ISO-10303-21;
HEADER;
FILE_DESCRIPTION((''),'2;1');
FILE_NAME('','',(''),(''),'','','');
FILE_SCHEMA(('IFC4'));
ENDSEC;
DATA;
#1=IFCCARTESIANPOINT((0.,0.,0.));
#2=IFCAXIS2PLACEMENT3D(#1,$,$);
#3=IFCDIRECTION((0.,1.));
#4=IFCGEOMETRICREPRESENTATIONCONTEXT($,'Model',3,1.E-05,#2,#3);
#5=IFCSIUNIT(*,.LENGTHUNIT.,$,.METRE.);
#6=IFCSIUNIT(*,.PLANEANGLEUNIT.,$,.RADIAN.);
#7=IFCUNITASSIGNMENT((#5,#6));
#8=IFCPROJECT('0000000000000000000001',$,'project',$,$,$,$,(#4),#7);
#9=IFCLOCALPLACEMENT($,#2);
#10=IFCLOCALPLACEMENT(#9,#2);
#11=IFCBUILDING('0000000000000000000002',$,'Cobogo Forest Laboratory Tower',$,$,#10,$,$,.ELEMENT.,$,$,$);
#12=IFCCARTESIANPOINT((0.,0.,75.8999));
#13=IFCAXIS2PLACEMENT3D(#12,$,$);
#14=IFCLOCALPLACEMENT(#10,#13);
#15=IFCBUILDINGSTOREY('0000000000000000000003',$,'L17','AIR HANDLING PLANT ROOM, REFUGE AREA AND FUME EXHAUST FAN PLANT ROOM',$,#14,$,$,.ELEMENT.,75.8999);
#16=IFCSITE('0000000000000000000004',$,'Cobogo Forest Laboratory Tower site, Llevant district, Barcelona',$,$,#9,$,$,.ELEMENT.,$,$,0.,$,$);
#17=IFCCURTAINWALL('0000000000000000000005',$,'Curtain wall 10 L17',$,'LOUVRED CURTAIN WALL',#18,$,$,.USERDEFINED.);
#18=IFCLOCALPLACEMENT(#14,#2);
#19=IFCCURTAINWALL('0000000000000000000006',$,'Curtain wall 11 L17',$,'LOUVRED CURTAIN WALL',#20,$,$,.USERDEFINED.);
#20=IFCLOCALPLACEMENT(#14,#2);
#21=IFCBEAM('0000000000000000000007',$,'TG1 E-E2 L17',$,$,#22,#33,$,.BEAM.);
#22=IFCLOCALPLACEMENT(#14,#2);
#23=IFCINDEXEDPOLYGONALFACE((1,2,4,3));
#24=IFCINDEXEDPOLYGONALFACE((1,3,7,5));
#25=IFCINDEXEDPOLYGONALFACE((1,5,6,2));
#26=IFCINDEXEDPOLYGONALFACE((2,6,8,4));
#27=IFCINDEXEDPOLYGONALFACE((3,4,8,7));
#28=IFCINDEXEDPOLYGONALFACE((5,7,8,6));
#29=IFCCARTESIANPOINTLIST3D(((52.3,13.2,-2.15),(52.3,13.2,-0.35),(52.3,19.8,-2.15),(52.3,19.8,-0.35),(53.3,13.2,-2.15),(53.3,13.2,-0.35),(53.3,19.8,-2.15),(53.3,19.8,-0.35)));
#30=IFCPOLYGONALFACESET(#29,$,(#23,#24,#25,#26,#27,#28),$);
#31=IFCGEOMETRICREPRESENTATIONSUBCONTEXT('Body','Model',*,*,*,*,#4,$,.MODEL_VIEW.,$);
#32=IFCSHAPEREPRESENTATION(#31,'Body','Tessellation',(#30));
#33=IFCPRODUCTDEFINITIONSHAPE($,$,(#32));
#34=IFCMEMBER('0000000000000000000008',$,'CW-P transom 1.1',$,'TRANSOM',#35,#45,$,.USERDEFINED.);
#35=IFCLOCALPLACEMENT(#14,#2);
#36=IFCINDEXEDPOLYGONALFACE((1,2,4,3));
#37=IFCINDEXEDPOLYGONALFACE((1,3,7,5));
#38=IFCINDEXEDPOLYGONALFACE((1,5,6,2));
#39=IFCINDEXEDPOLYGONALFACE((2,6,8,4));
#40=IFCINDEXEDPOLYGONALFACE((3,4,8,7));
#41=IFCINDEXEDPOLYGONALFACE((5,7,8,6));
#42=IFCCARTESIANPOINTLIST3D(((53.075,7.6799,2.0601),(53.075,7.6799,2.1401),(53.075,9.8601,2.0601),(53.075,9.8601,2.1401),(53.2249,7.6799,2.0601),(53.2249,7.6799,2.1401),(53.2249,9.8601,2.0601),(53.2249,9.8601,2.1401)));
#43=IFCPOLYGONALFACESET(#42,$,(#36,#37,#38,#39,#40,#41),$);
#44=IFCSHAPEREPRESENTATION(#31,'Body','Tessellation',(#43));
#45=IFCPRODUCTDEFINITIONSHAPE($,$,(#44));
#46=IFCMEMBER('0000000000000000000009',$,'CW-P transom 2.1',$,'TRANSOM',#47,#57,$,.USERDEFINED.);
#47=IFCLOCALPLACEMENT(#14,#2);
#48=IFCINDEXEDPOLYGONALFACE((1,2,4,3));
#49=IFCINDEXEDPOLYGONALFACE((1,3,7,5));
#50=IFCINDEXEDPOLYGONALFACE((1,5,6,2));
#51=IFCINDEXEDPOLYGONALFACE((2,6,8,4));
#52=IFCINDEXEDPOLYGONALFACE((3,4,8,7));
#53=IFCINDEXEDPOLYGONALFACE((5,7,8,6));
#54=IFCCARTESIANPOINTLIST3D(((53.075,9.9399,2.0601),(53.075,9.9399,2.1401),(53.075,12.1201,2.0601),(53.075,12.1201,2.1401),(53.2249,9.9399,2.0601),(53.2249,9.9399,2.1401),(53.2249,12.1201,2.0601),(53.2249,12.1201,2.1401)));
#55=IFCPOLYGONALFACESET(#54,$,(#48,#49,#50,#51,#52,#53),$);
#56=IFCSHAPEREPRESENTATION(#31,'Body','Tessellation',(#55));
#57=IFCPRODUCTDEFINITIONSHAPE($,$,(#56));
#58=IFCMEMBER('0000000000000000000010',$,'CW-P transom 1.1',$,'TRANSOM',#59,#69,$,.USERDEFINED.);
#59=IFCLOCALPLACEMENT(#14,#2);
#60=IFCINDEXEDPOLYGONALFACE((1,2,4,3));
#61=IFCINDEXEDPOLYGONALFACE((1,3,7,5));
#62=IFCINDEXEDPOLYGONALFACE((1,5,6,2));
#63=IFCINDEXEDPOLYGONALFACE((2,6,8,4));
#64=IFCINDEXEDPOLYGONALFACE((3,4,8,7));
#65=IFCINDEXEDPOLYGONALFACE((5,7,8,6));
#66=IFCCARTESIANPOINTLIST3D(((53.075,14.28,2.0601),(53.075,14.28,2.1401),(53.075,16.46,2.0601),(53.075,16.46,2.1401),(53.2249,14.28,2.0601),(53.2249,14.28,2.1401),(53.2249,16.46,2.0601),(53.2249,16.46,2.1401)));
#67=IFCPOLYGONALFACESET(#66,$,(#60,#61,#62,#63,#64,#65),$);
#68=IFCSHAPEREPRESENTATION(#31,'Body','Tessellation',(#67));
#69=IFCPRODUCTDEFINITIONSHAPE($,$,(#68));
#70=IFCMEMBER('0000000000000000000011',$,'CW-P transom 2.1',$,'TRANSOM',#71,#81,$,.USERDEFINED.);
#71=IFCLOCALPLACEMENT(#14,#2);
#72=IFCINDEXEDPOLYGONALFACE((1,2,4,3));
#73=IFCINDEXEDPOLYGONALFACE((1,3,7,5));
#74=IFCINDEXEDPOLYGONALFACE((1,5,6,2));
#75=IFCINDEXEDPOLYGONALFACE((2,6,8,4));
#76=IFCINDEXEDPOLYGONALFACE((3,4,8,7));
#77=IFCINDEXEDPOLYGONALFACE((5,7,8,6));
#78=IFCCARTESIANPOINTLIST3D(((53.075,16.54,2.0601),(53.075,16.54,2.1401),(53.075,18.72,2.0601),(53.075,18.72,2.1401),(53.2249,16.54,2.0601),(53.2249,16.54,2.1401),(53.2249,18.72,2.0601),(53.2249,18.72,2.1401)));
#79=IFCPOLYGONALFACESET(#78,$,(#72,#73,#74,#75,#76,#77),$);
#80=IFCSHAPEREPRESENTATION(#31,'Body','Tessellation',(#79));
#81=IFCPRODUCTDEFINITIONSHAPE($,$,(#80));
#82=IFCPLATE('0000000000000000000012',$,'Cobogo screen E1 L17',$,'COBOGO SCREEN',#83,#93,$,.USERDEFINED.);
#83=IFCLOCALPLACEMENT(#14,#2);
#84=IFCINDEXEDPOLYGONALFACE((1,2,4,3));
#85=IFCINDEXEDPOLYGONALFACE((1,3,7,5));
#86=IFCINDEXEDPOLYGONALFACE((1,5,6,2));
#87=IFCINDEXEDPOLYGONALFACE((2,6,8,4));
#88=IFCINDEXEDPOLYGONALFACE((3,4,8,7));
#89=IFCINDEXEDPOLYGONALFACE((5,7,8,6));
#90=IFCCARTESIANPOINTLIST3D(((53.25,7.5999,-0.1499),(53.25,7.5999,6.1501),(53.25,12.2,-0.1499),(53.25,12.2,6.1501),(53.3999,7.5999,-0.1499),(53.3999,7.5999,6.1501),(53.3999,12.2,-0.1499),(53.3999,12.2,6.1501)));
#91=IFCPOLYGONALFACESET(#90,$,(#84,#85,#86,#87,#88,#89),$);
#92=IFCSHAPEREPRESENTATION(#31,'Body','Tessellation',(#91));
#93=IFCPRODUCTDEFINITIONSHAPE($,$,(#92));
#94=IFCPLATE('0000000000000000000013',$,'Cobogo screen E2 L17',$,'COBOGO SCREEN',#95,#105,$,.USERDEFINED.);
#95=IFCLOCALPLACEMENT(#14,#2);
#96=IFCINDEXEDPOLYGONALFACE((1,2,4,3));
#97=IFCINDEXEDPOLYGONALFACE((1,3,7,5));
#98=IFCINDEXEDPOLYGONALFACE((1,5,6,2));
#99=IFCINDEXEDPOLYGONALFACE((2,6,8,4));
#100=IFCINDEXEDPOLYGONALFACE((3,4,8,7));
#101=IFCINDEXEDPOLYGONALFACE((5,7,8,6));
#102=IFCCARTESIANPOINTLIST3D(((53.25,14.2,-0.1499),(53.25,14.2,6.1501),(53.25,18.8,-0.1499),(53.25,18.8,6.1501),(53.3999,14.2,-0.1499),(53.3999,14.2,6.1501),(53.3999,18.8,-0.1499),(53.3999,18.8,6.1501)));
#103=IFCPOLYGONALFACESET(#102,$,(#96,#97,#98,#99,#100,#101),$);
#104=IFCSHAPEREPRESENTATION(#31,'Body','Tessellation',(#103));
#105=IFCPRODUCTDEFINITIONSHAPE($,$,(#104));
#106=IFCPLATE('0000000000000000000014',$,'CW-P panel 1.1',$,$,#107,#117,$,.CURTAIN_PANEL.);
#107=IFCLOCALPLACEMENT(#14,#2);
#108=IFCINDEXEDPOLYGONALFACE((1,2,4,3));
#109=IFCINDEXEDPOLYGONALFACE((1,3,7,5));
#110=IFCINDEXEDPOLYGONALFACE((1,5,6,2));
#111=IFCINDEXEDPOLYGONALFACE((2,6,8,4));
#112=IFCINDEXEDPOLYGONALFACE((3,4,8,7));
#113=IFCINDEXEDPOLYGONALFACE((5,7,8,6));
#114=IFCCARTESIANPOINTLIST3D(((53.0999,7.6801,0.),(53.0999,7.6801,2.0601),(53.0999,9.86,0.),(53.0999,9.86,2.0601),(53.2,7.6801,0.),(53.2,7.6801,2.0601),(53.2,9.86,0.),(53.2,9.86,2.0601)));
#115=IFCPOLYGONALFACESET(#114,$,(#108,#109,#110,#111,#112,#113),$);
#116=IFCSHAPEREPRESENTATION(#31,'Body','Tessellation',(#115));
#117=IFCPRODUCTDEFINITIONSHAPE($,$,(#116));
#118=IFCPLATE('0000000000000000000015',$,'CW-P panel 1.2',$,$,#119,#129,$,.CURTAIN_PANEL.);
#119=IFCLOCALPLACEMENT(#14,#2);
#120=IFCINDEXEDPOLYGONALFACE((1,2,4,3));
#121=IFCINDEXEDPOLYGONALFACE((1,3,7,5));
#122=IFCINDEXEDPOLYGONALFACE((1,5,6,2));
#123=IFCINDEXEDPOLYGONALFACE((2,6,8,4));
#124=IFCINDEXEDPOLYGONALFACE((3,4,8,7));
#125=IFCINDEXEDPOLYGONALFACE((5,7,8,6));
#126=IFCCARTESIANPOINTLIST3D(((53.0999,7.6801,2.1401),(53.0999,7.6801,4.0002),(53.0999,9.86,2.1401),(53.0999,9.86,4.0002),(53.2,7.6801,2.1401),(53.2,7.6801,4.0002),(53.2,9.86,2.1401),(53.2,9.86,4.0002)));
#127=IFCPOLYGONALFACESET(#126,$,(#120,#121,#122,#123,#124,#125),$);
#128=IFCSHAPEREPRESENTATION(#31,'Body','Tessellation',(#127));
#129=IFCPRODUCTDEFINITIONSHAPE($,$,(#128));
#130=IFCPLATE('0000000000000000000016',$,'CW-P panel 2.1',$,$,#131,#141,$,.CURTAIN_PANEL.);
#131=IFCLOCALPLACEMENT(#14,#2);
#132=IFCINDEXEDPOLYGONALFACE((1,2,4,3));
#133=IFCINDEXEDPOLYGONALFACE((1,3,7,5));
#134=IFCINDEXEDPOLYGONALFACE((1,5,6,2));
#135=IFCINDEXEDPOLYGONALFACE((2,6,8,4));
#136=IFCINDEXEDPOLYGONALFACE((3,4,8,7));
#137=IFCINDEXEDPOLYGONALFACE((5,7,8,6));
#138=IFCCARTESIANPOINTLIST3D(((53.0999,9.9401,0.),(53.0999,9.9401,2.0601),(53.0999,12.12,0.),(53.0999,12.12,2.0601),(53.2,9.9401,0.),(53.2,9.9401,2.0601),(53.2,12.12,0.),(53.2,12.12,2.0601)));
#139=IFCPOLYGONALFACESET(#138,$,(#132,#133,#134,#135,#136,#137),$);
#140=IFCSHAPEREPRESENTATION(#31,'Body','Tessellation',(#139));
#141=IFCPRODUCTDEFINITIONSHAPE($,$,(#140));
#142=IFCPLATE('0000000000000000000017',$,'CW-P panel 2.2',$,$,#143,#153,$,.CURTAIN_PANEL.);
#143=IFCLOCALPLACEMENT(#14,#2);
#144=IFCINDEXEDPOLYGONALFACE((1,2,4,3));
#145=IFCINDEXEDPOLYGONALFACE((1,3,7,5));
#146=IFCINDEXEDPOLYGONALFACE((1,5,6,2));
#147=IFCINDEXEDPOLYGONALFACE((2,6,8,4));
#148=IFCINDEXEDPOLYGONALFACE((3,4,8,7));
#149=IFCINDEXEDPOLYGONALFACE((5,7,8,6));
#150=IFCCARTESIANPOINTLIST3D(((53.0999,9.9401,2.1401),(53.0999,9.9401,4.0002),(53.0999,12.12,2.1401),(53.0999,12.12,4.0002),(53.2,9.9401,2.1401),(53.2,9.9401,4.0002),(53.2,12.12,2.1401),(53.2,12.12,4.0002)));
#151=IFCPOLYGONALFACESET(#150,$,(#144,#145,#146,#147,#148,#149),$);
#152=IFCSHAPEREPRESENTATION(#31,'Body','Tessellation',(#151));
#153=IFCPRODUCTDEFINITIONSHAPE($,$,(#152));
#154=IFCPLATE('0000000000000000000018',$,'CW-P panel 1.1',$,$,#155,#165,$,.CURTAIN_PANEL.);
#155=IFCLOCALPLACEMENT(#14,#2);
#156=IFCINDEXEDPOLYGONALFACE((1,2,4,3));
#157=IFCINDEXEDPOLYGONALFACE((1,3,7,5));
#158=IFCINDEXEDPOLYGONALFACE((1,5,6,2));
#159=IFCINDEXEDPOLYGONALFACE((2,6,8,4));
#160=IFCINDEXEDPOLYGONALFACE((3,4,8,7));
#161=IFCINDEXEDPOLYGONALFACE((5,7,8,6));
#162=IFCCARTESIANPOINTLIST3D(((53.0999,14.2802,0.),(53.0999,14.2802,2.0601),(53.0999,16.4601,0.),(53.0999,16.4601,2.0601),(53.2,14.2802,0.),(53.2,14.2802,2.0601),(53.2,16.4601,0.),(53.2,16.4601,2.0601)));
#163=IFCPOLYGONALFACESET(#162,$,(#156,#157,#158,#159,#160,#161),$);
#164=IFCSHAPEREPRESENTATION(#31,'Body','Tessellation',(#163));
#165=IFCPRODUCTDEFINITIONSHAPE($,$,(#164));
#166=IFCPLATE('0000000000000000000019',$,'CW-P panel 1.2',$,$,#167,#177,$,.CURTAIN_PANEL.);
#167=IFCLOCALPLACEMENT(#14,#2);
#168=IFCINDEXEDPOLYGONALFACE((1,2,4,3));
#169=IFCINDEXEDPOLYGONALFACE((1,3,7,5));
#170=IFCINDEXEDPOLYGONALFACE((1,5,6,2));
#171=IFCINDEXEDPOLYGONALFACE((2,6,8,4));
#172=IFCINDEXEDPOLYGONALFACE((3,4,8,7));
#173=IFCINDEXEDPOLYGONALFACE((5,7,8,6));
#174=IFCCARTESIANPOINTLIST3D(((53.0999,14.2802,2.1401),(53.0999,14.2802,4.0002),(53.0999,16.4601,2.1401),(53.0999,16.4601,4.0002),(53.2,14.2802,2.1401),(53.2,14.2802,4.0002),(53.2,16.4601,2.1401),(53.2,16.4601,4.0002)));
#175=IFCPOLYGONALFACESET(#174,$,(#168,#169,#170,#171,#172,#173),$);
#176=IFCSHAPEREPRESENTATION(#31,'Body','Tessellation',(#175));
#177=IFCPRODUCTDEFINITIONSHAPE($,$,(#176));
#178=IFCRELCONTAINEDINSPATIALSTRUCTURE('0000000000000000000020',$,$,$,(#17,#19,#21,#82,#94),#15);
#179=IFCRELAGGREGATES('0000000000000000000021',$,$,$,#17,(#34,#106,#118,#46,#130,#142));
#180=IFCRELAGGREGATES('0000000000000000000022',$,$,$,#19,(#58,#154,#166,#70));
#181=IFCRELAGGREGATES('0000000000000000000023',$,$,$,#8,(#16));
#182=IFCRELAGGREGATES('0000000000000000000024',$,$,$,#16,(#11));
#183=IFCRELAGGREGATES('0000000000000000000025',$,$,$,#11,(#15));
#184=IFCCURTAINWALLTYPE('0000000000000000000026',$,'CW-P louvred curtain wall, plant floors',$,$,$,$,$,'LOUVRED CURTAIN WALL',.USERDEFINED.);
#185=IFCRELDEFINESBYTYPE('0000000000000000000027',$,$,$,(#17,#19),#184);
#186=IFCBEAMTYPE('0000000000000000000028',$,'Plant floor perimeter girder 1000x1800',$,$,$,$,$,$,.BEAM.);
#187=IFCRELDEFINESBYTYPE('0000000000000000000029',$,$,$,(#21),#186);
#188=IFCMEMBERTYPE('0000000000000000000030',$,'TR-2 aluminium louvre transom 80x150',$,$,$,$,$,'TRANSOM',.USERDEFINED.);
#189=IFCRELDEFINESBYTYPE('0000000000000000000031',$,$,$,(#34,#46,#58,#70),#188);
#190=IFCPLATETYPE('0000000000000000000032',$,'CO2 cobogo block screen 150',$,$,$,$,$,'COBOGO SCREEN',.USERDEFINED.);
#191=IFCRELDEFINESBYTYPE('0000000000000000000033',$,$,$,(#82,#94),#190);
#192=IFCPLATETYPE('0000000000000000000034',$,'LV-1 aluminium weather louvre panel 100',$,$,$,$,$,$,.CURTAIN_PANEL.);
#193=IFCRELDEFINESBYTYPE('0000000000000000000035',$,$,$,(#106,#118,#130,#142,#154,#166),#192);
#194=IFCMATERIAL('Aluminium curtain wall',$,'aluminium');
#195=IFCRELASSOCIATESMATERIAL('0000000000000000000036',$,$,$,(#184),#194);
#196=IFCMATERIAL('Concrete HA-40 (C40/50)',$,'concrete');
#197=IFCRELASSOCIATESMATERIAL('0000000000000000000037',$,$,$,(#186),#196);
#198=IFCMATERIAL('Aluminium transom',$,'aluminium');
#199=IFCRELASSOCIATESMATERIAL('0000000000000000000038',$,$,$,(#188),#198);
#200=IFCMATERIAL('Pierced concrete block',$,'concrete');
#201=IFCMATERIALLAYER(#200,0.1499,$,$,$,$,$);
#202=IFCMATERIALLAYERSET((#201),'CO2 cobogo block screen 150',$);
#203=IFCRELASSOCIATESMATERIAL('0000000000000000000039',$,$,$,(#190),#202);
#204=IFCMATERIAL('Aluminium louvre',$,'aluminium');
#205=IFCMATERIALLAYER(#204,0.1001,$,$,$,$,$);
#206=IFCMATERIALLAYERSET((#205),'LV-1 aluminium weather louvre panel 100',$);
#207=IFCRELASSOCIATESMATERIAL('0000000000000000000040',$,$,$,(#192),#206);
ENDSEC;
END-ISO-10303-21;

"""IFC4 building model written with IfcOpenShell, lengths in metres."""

from ifc_helpers import new_model, si_unit, direction, frame, origin, origin_2d, place, context, subcontext, project, spatial, rectangle, extrude, material, layer, layer_set, material_profile, profile_set, type_object, element, aggregate, save


model = new_model("IFC4")

# Units and contexts
model_context = context("Model", 3, precision=1e-05, world=origin(), true_north=direction((0.0, 1.0)))
body_context = subcontext(model_context, "Body", "Model", "MODEL_VIEW")
ifc_project = project(units=[si_unit("LENGTHUNIT", "METRE"), si_unit("PLANEANGLEUNIT", "RADIAN")], contexts=[model_context])

# Site, building, storey
site_placement = place(None, origin())
site = spatial("IfcSite", under=ifc_project, at=site_placement, Name="Cobogo Forest Laboratory Tower site, Llevant district, Barcelona", CompositionType="ELEMENT", RefElevation=0.0)
building_placement = place(site_placement, origin())
building = spatial("IfcBuilding", under=site, at=building_placement, Name="Cobogo Forest Laboratory Tower", CompositionType="ELEMENT")
storey_placement = place(building_placement, frame((0.0, 0.0, 75.8999)))
storey = spatial("IfcBuildingStorey", under=building, at=storey_placement, Name="L17", Description="AIR HANDLING PLANT ROOM, REFUGE AREA AND FUME EXHAUST FAN PLANT ROOM", CompositionType="ELEMENT", Elevation=75.8999)

# Curtain walls
ifc_material_1 = material(Name="Aluminium curtain wall", Category="aluminium")
curtain_wall_type = type_object("IfcCurtainWallType", Name="CW-P louvred curtain wall, plant floors", ElementType="LOUVRED CURTAIN WALL", PredefinedType="USERDEFINED", material=ifc_material_1)
curtain_wall_1_placement = place(storey_placement, origin())
curtain_wall_1 = element("IfcCurtainWall", 1, at=curtain_wall_1_placement, inside=storey, type_object=curtain_wall_type, Name="Curtain wall 10 L17", ObjectType="LOUVRED CURTAIN WALL", PredefinedType="USERDEFINED")
curtain_wall_2_placement = place(storey_placement, origin())
curtain_wall_2 = element("IfcCurtainWall", 2, at=curtain_wall_2_placement, inside=storey, type_object=curtain_wall_type, Name="Curtain wall 11 L17", ObjectType="LOUVRED CURTAIN WALL", PredefinedType="USERDEFINED")

# Beam
ifc_material_2 = material(Name="Concrete HA-40 (C40/50)", Category="concrete")
ifc_material_profile_1 = material_profile(ifc_material_2, rectangle(XDim=1.0, YDim=1.8, at=origin_2d()), Name="RC 1000x1800")
ifc_profile_set_1 = profile_set([ifc_material_profile_1], Name="Concrete HA-40 (C40/50)")
beam_type_1 = type_object("IfcBeamType", Name="Plant floor perimeter girder 1000x1800", PredefinedType="BEAM", material=ifc_profile_set_1)
beam_1_placement = place(storey_placement, frame((52.8, 13.2, -1.25), z_axis=(0.0, 1.0, 0.0), x_axis=(-1.0, 0.0, 0.0)))
element("IfcBeam", 3, at=beam_1_placement, inside=storey, type_object=beam_type_1, Name="TG1 E-E2 L17", PredefinedType="BEAM", context=body_context, shape_type="SweptSolid", body=[
    extrude(rectangle(XDim=1.0, YDim=1.8, at=origin_2d()), origin(), (0.0, 0.0, 1.0), 6.6001),
])

# Members
ifc_material_3 = material(Name="Aluminium transom", Category="aluminium")
ifc_material_profile_2 = material_profile(ifc_material_3, rectangle(XDim=0.1499, YDim=0.0801, at=origin_2d()), Name="AL 80x150")
ifc_profile_set_2 = profile_set([ifc_material_profile_2], Name="Aluminium transom")
member_type_1 = type_object("IfcMemberType", Name="TR-2 aluminium louvre transom 80x150", ElementType="TRANSOM", PredefinedType="USERDEFINED", material=ifc_profile_set_2)
member_1_placement = place(storey_placement, frame((53.1499, 7.6799, 2.1001), z_axis=(0.0, 1.0, 0.0), x_axis=(-1.0, 0.0, 0.0)))
member_1 = element("IfcMember", 4, at=member_1_placement, type_object=member_type_1, Name="CW-P transom 1.1", ObjectType="TRANSOM", PredefinedType="USERDEFINED", context=body_context, shape_type="SweptSolid", body=[
    extrude(rectangle(XDim=0.1499, YDim=0.0801, at=origin_2d()), origin(), (0.0, 0.0, 1.0), 2.1802),
])
member_2_placement = place(storey_placement, frame((53.1499, 9.9399, 2.1001), z_axis=(0.0, 1.0, 0.0), x_axis=(-1.0, 0.0, 0.0)))
member_2 = element("IfcMember", 5, at=member_2_placement, type_object=member_type_1, Name="CW-P transom 2.1", ObjectType="TRANSOM", PredefinedType="USERDEFINED", context=body_context, shape_type="SweptSolid", body=[
    extrude(rectangle(XDim=0.1499, YDim=0.0801, at=origin_2d()), origin(), (0.0, 0.0, 1.0), 2.1802),
])
member_3_placement = place(storey_placement, frame((53.1499, 14.28, 2.1001), z_axis=(0.0, 1.0, 0.0), x_axis=(-1.0, 0.0, 0.0)))
member_3 = element("IfcMember", 6, at=member_3_placement, type_object=member_type_1, Name="CW-P transom 1.1", ObjectType="TRANSOM", PredefinedType="USERDEFINED", context=body_context, shape_type="SweptSolid", body=[
    extrude(rectangle(XDim=0.1499, YDim=0.0801, at=origin_2d()), origin(), (0.0, 0.0, 1.0), 2.1799),
])
member_4_placement = place(storey_placement, frame((53.1499, 16.54, 2.1001), z_axis=(0.0, 1.0, 0.0), x_axis=(-1.0, 0.0, 0.0)))
member_4 = element("IfcMember", 7, at=member_4_placement, type_object=member_type_1, Name="CW-P transom 2.1", ObjectType="TRANSOM", PredefinedType="USERDEFINED", context=body_context, shape_type="SweptSolid", body=[
    extrude(rectangle(XDim=0.1499, YDim=0.0801, at=origin_2d()), origin(), (0.0, 0.0, 1.0), 2.1799),
])

# Plates
ifc_material_4 = material(Name="Pierced concrete block", Category="concrete")
ifc_layer_1 = layer(ifc_material_4, 0.1499)
ifc_layer_set_1 = layer_set([ifc_layer_1], Name="CO2 cobogo block screen 150")
plate_type_1 = type_object("IfcPlateType", Name="CO2 cobogo block screen 150", ElementType="COBOGO SCREEN", PredefinedType="USERDEFINED", material=ifc_layer_set_1)
for number, where, z_axis, x_axis, name in (
    (8, (53.325, 9.8999, -0.1499), (0.0, 0.0, 1.0), (0.0, 1.0, 0.0), "Cobogo screen E1 L17"),
    (9, (53.325, 16.5, -0.1499), (0.0, 0.0, 1.0), (0.0, 1.0, 0.0), "Cobogo screen E2 L17"),
):
    element("IfcPlate", number, at=place(storey_placement, frame(where, z_axis=z_axis, x_axis=x_axis)), inside=storey, type_object=plate_type_1, Name=name, ObjectType="COBOGO SCREEN", PredefinedType="USERDEFINED", context=body_context, shape_type="SweptSolid", body=[
        extrude(rectangle(XDim=4.6001, YDim=0.1499, at=origin_2d()), origin(), (0.0, 0.0, 1.0), 6.3),
    ])

# Plates
ifc_material_5 = material(Name="Aluminium louvre", Category="aluminium")
ifc_layer_2 = layer(ifc_material_5, 0.1001)
ifc_layer_set_2 = layer_set([ifc_layer_2], Name="LV-1 aluminium weather louvre panel 100")
plate_type_2 = type_object("IfcPlateType", Name="LV-1 aluminium weather louvre panel 100", PredefinedType="CURTAIN_PANEL", material=ifc_layer_set_2)
plate_1_placement = place(storey_placement, frame((53.1499, 8.77, 0.0), z_axis=(0.0, 0.0, 1.0), x_axis=(0.0, 1.0, 0.0)))
plate_1 = element("IfcPlate", 10, at=plate_1_placement, type_object=plate_type_2, Name="CW-P panel 1.1", PredefinedType="CURTAIN_PANEL", context=body_context, shape_type="SweptSolid", body=[
    extrude(rectangle(XDim=2.1799, YDim=0.1001, at=origin_2d()), origin(), (0.0, 0.0, 1.0), 2.0601),
])
plate_2_placement = place(storey_placement, frame((53.1499, 8.77, 2.1401), z_axis=(0.0, 0.0, 1.0), x_axis=(0.0, 1.0, 0.0)))
plate_2 = element("IfcPlate", 11, at=plate_2_placement, type_object=plate_type_2, Name="CW-P panel 1.2", PredefinedType="CURTAIN_PANEL", context=body_context, shape_type="SweptSolid", body=[
    extrude(rectangle(XDim=2.1799, YDim=0.1001, at=origin_2d()), origin(), (0.0, 0.0, 1.0), 1.8601),
])
plate_3_placement = place(storey_placement, frame((53.1499, 11.03, 0.0), z_axis=(0.0, 0.0, 1.0), x_axis=(0.0, 1.0, 0.0)))
plate_3 = element("IfcPlate", 12, at=plate_3_placement, type_object=plate_type_2, Name="CW-P panel 2.1", PredefinedType="CURTAIN_PANEL", context=body_context, shape_type="SweptSolid", body=[
    extrude(rectangle(XDim=2.1799, YDim=0.1001, at=origin_2d()), origin(), (0.0, 0.0, 1.0), 2.0601),
])
plate_4_placement = place(storey_placement, frame((53.1499, 11.03, 2.1401), z_axis=(0.0, 0.0, 1.0), x_axis=(0.0, 1.0, 0.0)))
plate_4 = element("IfcPlate", 13, at=plate_4_placement, type_object=plate_type_2, Name="CW-P panel 2.2", PredefinedType="CURTAIN_PANEL", context=body_context, shape_type="SweptSolid", body=[
    extrude(rectangle(XDim=2.1799, YDim=0.1001, at=origin_2d()), origin(), (0.0, 0.0, 1.0), 1.8601),
])
aggregate(curtain_wall_1, [member_1, plate_1, plate_2, member_2, plate_3, plate_4])
plate_5_placement = place(storey_placement, frame((53.1499, 15.3701, 0.0), z_axis=(0.0, 0.0, 1.0), x_axis=(0.0, 1.0, 0.0)))
plate_5 = element("IfcPlate", 14, at=plate_5_placement, type_object=plate_type_2, Name="CW-P panel 1.1", PredefinedType="CURTAIN_PANEL", context=body_context, shape_type="SweptSolid", body=[
    extrude(rectangle(XDim=2.1799, YDim=0.1001, at=origin_2d()), origin(), (0.0, 0.0, 1.0), 2.0601),
])
plate_6_placement = place(storey_placement, frame((53.1499, 15.3701, 2.1401), z_axis=(0.0, 0.0, 1.0), x_axis=(0.0, 1.0, 0.0)))
plate_6 = element("IfcPlate", 15, at=plate_6_placement, type_object=plate_type_2, Name="CW-P panel 1.2", PredefinedType="CURTAIN_PANEL", context=body_context, shape_type="SweptSolid", body=[
    extrude(rectangle(XDim=2.1799, YDim=0.1001, at=origin_2d()), origin(), (0.0, 0.0, 1.0), 1.8601),
])
aggregate(curtain_wall_2, [member_3, plate_5, plate_6, member_4])

save(model, "model.ifc")
